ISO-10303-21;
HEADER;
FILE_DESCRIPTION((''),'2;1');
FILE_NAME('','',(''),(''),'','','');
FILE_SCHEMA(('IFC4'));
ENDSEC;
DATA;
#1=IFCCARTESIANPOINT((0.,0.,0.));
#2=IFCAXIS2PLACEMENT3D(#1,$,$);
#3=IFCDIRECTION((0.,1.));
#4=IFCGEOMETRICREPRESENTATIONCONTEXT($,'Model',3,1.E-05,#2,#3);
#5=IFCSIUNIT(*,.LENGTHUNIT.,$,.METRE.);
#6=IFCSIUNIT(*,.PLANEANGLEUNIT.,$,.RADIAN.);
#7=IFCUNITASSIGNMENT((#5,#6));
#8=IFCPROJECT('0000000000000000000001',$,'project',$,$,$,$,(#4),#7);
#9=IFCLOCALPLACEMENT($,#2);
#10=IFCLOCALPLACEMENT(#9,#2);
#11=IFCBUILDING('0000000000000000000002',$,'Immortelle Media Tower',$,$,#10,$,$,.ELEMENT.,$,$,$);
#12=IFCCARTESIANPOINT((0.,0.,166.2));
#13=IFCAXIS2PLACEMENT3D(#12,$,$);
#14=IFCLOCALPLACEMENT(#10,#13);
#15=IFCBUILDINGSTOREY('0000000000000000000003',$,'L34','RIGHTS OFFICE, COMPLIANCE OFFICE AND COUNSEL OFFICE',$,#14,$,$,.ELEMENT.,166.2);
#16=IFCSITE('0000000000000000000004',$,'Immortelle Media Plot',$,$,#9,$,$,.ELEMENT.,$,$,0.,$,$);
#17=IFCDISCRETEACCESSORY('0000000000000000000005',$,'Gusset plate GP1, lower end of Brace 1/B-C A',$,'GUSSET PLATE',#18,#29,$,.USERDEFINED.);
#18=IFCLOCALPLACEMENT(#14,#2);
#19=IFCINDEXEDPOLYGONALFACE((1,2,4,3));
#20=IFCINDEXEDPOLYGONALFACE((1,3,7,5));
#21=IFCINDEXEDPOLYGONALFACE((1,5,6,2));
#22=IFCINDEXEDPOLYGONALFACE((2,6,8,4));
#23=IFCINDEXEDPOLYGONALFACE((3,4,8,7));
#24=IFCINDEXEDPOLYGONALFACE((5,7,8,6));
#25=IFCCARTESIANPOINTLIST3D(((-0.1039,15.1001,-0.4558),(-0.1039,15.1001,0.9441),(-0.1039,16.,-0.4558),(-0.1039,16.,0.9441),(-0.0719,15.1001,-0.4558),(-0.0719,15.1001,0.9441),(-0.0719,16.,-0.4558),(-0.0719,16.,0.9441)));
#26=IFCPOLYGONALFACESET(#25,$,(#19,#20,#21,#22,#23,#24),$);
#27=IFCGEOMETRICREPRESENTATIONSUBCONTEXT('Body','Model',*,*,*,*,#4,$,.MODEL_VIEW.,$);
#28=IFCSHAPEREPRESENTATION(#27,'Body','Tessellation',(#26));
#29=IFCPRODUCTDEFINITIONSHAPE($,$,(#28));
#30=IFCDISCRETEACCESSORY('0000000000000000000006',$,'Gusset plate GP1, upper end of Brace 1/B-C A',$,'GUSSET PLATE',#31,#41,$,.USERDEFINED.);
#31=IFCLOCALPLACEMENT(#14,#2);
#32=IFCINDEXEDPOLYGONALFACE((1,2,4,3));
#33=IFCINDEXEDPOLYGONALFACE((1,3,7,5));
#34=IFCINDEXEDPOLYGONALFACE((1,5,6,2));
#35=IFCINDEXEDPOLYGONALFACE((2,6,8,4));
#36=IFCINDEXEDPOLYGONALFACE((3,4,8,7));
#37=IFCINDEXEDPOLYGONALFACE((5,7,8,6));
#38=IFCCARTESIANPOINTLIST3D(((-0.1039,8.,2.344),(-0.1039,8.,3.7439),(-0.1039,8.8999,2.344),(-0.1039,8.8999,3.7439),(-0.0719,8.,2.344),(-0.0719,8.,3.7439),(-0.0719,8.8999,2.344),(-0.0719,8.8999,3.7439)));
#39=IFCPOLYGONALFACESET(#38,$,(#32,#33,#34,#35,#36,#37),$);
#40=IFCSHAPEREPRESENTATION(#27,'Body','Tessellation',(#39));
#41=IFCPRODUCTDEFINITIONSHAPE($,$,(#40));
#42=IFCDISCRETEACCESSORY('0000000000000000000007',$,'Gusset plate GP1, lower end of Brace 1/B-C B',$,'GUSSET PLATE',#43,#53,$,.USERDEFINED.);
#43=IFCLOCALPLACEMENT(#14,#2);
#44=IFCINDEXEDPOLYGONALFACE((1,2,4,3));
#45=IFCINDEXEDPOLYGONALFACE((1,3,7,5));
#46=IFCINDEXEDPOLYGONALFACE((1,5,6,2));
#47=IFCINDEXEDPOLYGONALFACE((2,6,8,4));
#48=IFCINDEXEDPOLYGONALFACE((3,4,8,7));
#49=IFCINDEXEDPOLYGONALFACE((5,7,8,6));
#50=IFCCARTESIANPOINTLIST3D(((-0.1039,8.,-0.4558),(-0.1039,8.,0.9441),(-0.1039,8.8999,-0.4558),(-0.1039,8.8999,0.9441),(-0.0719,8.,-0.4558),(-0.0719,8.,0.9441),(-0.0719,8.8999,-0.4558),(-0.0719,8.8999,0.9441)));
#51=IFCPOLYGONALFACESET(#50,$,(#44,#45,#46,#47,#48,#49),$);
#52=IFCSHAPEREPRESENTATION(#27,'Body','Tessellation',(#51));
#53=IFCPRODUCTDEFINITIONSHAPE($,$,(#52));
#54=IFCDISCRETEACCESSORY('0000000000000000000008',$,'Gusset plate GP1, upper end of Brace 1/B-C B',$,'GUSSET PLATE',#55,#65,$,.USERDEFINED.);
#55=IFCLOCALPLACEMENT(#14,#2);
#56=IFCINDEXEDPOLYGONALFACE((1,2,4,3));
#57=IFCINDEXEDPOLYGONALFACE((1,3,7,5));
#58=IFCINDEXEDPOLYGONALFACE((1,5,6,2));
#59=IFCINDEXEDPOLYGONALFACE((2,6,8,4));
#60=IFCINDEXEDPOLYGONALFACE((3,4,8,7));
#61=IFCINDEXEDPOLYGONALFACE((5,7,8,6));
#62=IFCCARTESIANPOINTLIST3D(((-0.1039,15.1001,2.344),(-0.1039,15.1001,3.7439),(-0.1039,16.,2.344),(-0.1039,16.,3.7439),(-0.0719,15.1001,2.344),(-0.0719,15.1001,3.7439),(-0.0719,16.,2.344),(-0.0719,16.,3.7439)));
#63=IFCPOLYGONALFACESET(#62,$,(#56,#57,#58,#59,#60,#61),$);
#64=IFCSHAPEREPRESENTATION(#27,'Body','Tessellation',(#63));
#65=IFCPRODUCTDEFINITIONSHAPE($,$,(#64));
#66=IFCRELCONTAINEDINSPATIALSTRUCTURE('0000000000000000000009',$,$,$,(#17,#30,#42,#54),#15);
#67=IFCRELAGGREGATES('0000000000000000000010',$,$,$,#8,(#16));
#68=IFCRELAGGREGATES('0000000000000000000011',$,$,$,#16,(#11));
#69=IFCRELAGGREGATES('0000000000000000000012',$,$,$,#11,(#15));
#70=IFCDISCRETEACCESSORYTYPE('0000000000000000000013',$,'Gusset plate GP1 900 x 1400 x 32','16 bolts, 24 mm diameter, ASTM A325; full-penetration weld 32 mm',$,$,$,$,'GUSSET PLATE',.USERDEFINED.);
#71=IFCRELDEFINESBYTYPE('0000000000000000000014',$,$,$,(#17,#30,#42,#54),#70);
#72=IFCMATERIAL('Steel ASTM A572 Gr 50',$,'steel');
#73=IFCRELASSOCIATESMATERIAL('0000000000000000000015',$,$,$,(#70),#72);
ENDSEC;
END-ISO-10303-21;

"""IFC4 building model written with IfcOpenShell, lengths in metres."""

from ifc_helpers import new_model, si_unit, direction, frame, origin, origin_2d, place, context, subcontext, project, spatial, rectangle, extrude, material, material_profile, profile_set, type_object, element, save


model = new_model("IFC4")

# Units and contexts
model_context = context("Model", 3, precision=1e-05, world=origin(), true_north=direction((0.0, 1.0)))
body_context = subcontext(model_context, "Body", "Model", "MODEL_VIEW")
ifc_project = project(units=[si_unit("LENGTHUNIT", "METRE"), si_unit("PLANEANGLEUNIT", "RADIAN")], contexts=[model_context])

# Site, building, storey
site_placement = place(None, origin())
site = spatial("IfcSite", under=ifc_project, at=site_placement, Name="Immortelle Media Plot", CompositionType="ELEMENT", RefElevation=0.0)
building_placement = place(site_placement, origin())
building = spatial("IfcBuilding", under=site, at=building_placement, Name="Immortelle Media Tower", CompositionType="ELEMENT")
storey_placement = place(building_placement, frame((0.0, 0.0, 166.2)))
storey = spatial("IfcBuildingStorey", under=building, at=storey_placement, Name="L34", Description="RIGHTS OFFICE, COMPLIANCE OFFICE AND COUNSEL OFFICE", CompositionType="ELEMENT", Elevation=166.2)

# Discrete accessories
ifc_material_1 = material(Name="Steel ASTM A572 Gr 50", Category="steel")
ifc_material_profile_1 = material_profile(ifc_material_1, rectangle(XDim=0.032, YDim=1.3999, at=origin_2d()), Name="PL 32 x 1400")
ifc_profile_set_1 = profile_set([ifc_material_profile_1], Name="Steel ASTM A572 Gr 50")
discrete_accessory_type_1 = type_object("IfcDiscreteAccessoryType", Name="Gusset plate GP1 900 x 1400 x 32", Description="16 bolts, 24 mm diameter, ASTM A325; full-penetration weld 32 mm", ElementType="GUSSET PLATE", PredefinedType="USERDEFINED", material=ifc_profile_set_1)
for number, where, z_axis, x_axis, name in (
    (1, (-0.0879, 16.0, 0.2441), (0.0, -1.0, 0.0), (1.0, 0.0, 0.0), "Gusset plate GP1, lower end of Brace 1/B-C A"),
    (2, (-0.0879, 8.0, 3.0439), (0.0, 1.0, 0.0), (-1.0, 0.0, 0.0), "Gusset plate GP1, upper end of Brace 1/B-C A"),
    (3, (-0.0879, 8.0, 0.2441), (0.0, 1.0, 0.0), (-1.0, 0.0, 0.0), "Gusset plate GP1, lower end of Brace 1/B-C B"),
    (4, (-0.0879, 16.0, 3.0439), (0.0, -1.0, 0.0), (1.0, 0.0, 0.0), "Gusset plate GP1, upper end of Brace 1/B-C B"),
):
    element("IfcDiscreteAccessory", number, at=place(storey_placement, frame(where, z_axis=z_axis, x_axis=x_axis)), inside=storey, type_object=discrete_accessory_type_1, Name=name, ObjectType="GUSSET PLATE", PredefinedType="USERDEFINED", context=body_context, shape_type="SweptSolid", body=[
        extrude(rectangle(XDim=0.032, YDim=1.3999, at=origin_2d()), origin(), (0.0, 0.0, 1.0), 0.8999),
    ])

save(model, "model.ifc")
